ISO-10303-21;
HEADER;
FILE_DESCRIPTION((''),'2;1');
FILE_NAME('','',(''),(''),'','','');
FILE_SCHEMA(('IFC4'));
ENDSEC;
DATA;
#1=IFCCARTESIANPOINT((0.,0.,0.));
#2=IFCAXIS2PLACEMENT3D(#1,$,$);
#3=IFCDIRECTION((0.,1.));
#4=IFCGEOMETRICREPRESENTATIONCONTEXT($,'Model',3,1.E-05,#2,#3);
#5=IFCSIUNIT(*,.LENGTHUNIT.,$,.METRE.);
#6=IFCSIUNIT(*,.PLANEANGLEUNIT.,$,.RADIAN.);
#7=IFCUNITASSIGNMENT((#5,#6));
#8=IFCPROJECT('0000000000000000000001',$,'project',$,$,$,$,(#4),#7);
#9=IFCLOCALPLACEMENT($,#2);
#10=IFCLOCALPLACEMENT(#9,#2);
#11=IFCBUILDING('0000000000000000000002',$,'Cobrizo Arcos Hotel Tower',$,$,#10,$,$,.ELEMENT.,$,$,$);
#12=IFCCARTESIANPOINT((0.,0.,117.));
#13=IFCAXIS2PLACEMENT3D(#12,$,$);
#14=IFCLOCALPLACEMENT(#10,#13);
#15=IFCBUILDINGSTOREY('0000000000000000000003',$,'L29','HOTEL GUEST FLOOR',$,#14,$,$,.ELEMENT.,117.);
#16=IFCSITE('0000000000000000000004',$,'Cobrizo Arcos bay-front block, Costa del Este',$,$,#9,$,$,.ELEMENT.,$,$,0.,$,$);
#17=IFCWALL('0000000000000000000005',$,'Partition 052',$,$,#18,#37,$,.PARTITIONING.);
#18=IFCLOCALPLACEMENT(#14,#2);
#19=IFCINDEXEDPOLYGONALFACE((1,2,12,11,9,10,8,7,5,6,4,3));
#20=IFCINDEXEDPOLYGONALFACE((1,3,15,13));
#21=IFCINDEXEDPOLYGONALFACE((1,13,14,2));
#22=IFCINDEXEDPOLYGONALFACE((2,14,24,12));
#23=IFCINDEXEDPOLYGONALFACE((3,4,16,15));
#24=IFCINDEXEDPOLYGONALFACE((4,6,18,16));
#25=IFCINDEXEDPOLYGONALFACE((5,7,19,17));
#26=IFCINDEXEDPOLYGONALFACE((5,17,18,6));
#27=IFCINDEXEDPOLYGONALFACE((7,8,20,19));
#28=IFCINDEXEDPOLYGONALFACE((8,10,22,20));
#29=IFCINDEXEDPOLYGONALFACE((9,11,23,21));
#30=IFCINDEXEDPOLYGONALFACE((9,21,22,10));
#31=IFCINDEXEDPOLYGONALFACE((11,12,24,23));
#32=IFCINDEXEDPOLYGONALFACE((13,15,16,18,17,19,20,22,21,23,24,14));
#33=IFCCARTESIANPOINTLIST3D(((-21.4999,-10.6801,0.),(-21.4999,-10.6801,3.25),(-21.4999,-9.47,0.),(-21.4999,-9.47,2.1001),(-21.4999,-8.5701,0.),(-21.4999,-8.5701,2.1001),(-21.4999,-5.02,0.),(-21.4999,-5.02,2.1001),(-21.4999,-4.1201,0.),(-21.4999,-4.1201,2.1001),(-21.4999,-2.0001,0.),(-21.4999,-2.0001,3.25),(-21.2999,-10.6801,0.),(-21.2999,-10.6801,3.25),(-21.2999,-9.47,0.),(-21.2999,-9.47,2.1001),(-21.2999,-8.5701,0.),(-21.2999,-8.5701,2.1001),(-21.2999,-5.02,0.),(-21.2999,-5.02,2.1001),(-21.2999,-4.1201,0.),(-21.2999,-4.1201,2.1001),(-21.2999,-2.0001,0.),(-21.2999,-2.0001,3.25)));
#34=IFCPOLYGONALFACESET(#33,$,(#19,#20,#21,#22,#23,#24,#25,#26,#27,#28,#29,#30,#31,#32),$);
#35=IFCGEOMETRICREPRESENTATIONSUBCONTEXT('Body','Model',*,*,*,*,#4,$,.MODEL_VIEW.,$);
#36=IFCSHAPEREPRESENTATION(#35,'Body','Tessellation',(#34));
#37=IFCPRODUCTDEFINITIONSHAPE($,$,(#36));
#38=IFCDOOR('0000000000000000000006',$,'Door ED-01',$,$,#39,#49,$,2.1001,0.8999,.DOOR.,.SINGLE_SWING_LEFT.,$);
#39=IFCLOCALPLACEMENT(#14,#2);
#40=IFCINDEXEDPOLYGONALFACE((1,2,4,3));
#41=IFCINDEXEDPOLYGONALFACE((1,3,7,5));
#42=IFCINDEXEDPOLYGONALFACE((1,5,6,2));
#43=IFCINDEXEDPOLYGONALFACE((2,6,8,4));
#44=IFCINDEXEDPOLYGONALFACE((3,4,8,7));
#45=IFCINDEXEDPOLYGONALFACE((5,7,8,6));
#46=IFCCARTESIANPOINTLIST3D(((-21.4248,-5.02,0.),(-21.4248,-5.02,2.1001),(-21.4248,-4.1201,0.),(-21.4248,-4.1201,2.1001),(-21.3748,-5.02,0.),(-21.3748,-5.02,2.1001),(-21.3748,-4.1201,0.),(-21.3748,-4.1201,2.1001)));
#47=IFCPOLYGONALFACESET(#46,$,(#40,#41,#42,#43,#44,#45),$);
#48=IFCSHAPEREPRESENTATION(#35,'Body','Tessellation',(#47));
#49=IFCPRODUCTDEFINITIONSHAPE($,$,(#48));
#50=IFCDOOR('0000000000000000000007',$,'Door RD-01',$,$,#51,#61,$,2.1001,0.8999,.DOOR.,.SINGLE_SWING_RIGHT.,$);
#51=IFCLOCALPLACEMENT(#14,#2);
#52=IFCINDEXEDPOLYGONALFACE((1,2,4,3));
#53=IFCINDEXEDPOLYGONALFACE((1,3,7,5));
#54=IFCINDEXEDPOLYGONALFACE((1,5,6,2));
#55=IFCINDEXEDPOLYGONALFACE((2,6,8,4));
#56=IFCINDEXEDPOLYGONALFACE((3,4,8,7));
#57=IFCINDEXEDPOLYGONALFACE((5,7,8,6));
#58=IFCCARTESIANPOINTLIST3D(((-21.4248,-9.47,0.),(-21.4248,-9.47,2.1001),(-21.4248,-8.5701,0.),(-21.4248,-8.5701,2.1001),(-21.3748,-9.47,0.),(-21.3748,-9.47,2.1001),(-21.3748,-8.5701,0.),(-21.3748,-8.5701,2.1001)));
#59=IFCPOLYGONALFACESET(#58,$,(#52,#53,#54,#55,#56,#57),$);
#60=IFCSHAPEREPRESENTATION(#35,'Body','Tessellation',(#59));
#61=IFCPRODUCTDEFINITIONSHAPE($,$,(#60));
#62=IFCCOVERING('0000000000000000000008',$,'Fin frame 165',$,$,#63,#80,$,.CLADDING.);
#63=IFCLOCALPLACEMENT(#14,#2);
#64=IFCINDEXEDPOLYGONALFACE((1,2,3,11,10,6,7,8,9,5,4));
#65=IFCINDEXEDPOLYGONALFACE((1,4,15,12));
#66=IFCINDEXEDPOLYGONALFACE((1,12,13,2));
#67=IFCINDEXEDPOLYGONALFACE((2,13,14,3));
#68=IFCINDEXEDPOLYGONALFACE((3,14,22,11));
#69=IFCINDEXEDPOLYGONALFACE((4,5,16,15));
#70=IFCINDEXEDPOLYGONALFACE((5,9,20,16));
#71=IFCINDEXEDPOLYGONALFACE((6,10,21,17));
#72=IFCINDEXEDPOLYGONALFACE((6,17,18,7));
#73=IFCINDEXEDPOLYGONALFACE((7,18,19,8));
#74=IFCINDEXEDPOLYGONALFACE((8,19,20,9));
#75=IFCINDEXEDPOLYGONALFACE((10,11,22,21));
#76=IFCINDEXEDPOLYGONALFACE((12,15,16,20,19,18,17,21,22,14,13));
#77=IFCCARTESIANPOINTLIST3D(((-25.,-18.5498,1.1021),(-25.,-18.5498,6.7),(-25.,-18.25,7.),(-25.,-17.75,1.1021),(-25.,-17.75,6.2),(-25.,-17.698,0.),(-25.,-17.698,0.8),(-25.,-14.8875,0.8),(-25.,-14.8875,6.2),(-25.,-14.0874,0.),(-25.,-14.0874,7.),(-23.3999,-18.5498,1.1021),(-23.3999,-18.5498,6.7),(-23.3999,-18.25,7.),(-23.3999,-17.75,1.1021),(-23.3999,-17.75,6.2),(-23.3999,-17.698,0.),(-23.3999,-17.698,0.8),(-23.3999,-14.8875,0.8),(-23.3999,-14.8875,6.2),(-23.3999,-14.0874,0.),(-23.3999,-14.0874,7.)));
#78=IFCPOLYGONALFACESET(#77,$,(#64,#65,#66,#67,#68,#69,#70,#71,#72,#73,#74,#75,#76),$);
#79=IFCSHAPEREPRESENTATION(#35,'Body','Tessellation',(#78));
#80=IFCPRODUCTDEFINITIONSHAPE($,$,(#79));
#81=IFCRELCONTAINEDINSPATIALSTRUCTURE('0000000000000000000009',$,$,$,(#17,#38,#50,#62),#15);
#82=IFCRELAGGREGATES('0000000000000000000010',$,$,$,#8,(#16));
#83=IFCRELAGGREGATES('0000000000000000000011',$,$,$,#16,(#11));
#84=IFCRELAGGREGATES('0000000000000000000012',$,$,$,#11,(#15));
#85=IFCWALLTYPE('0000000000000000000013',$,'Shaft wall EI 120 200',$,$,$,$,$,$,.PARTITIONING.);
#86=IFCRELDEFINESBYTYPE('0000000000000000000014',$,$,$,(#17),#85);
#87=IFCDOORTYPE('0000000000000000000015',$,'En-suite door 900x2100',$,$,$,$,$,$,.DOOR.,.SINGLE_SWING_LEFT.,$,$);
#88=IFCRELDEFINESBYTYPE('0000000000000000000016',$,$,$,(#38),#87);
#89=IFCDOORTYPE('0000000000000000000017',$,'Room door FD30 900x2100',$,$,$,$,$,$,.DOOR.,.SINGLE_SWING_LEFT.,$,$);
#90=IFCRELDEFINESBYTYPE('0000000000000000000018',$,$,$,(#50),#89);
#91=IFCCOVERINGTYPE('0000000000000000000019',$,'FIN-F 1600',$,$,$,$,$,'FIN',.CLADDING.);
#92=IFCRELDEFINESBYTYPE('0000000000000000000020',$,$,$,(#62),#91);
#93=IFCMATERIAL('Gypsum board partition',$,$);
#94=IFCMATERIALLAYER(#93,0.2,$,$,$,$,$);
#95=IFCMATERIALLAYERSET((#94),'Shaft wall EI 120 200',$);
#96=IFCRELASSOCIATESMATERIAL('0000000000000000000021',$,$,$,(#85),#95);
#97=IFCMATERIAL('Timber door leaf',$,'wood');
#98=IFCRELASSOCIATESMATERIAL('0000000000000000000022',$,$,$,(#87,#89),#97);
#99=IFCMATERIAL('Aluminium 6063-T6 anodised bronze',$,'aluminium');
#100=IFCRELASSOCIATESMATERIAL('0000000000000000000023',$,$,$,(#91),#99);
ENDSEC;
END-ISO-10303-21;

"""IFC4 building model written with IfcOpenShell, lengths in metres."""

from ifc_helpers import new_model, si_unit, direction, frame, frame_2d, origin, place, context, subcontext, project, spatial, polyline, rectangle, outline, extrude, material, layer, layer_set, type_object, element, fill, save


model = new_model("IFC4")

# Units and contexts
model_context = context("Model", 3, precision=1e-05, world=origin(), true_north=direction((0.0, 1.0)))
body_context = subcontext(model_context, "Body", "Model", "MODEL_VIEW")
ifc_project = project(units=[si_unit("LENGTHUNIT", "METRE"), si_unit("PLANEANGLEUNIT", "RADIAN")], contexts=[model_context])

# Site, building, storey
site_placement = place(None, origin())
site = spatial("IfcSite", under=ifc_project, at=site_placement, Name="Cobrizo Arcos bay-front block, Costa del Este", CompositionType="ELEMENT", RefElevation=0.0)
building_placement = place(site_placement, origin())
building = spatial("IfcBuilding", under=site, at=building_placement, Name="Cobrizo Arcos Hotel Tower", CompositionType="ELEMENT")
storey_placement = place(building_placement, frame((0.0, 0.0, 117.0)))
storey = spatial("IfcBuildingStorey", under=building, at=storey_placement, Name="L29", Description="HOTEL GUEST FLOOR", CompositionType="ELEMENT", Elevation=117.0)

# Shared definitions
ifc_material_1 = material(Name="Aluminium 6063-T6 anodised bronze", Category="aluminium")

# Shared definitions
ifc_material_2 = material(Name="Gypsum board partition")

# Wall, openings, doors
ifc_layer_1 = layer(ifc_material_2, 0.2)
ifc_layer_set_1 = layer_set([ifc_layer_1], Name="Shaft wall EI 120 200")
wall_type_1 = type_object("IfcWallType", Name="Shaft wall EI 120 200", PredefinedType="PARTITIONING", material=ifc_layer_set_1)
wall_1_placement = place(storey_placement, frame((-21.3999, -10.6799, 0.0), z_axis=(0.0, 0.0, 1.0), x_axis=(0.0, 1.0, 0.0)))
wall_1 = element("IfcWall", 1, at=wall_1_placement, inside=storey, type_object=wall_type_1, Name="Partition 052", PredefinedType="PARTITIONING", context=body_context, shape_type="SweptSolid", body=[
    extrude(rectangle(XDim=8.6799, YDim=0.2, at=frame_2d((4.3398, 0.0))), origin(), (0.0, 0.0, 1.0), 3.25),
])
opening_1_placement = place(wall_1_placement, frame((1.21, 0.0, 0.0)))
opening_1 = element("IfcOpeningElement", 2, at=opening_1_placement, cuts=wall_1, PredefinedType="OPENING", context=body_context, shape_type="SweptSolid", body=[
    extrude(rectangle(XDim=0.8999, YDim=2.1001, at=frame_2d((0.45, 1.05))), frame((0.0, 0.1121, 0.0), z_axis=(0.0, -1.0, 0.0), x_axis=(1.0, 0.0, 0.0)), (0.0, 0.0, 1.0), 0.2239),
])
opening_2_placement = place(wall_1_placement, frame((5.6599, 0.0, 0.0)))
opening_2 = element("IfcOpeningElement", 3, at=opening_2_placement, cuts=wall_1, PredefinedType="OPENING", context=body_context, shape_type="SweptSolid", body=[
    extrude(rectangle(XDim=0.8999, YDim=2.1001, at=frame_2d((0.45, 1.05))), frame((0.0, 0.1121, 0.0), z_axis=(0.0, -1.0, 0.0), x_axis=(1.0, 0.0, 0.0)), (0.0, 0.0, 1.0), 0.2239),
])
ifc_material_3 = material(Name="Timber door leaf", Category="wood")
door_type_1 = type_object("IfcDoorType", Name="En-suite door 900x2100", OperationType="SINGLE_SWING_LEFT", PredefinedType="DOOR", material=ifc_material_3)
door_1_placement = place(opening_2_placement, origin())
door_1 = element("IfcDoor", 4, at=door_1_placement, inside=storey, type_object=door_type_1, Name="Door ED-01", OperationType="SINGLE_SWING_LEFT", OverallHeight=2.1001, OverallWidth=0.8999, PredefinedType="DOOR", context=body_context, shape_type="SweptSolid", body=[
    extrude(rectangle(XDim=0.8999, YDim=2.1001, at=frame_2d((0.45, 1.05))), frame((0.0, 0.0249, 0.0), z_axis=(0.0, -1.0, 0.0), x_axis=(1.0, 0.0, 0.0)), (0.0, 0.0, 1.0), 0.05),
])
fill(opening_2, door_1)
door_type_2 = type_object("IfcDoorType", Name="Room door FD30 900x2100", OperationType="SINGLE_SWING_LEFT", PredefinedType="DOOR", material=ifc_material_3)
door_2_placement = place(opening_1_placement, origin())
door_2 = element("IfcDoor", 5, at=door_2_placement, inside=storey, type_object=door_type_2, Name="Door RD-01", OperationType="SINGLE_SWING_RIGHT", OverallHeight=2.1001, OverallWidth=0.8999, PredefinedType="DOOR", context=body_context, shape_type="SweptSolid", body=[
    extrude(rectangle(XDim=0.8999, YDim=2.1001, at=frame_2d((0.45, 1.05))), frame((0.0, 0.0249, 0.0), z_axis=(0.0, -1.0, 0.0), x_axis=(1.0, 0.0, 0.0)), (0.0, 0.0, 1.0), 0.05),
])
fill(opening_1, door_2)

# Covering
covering_type = type_object("IfcCoveringType", Name="FIN-F 1600", ElementType="FIN", PredefinedType="CLADDING", material=ifc_material_1)
covering_placement = place(storey_placement, frame((-23.3999, -14.0874, 0.0), z_axis=(-1.0, 0.0, 0.0), x_axis=(0.0, -1.0, 0.0)))
element("IfcCovering", 6, at=covering_placement, inside=storey, type_object=covering_type, Name="Fin frame 165", PredefinedType="CLADDING", context=body_context, shape_type="SweptSolid", body=[
    extrude(outline(polyline([(0.0, 0.0), (3.6106, 0.0), (3.6106, 0.8), (0.8, 0.8), (0.8, 6.2), (3.6626, 6.2), (3.6626, 1.1021), (4.4624, 1.1021), (4.4624, 6.7), (4.1626, 7.0), (0.0, 7.0), (0.0, 0.0)])), origin(), (0.0, 0.0, 1.0), 1.6001),
])

save(model, "model.ifc")
